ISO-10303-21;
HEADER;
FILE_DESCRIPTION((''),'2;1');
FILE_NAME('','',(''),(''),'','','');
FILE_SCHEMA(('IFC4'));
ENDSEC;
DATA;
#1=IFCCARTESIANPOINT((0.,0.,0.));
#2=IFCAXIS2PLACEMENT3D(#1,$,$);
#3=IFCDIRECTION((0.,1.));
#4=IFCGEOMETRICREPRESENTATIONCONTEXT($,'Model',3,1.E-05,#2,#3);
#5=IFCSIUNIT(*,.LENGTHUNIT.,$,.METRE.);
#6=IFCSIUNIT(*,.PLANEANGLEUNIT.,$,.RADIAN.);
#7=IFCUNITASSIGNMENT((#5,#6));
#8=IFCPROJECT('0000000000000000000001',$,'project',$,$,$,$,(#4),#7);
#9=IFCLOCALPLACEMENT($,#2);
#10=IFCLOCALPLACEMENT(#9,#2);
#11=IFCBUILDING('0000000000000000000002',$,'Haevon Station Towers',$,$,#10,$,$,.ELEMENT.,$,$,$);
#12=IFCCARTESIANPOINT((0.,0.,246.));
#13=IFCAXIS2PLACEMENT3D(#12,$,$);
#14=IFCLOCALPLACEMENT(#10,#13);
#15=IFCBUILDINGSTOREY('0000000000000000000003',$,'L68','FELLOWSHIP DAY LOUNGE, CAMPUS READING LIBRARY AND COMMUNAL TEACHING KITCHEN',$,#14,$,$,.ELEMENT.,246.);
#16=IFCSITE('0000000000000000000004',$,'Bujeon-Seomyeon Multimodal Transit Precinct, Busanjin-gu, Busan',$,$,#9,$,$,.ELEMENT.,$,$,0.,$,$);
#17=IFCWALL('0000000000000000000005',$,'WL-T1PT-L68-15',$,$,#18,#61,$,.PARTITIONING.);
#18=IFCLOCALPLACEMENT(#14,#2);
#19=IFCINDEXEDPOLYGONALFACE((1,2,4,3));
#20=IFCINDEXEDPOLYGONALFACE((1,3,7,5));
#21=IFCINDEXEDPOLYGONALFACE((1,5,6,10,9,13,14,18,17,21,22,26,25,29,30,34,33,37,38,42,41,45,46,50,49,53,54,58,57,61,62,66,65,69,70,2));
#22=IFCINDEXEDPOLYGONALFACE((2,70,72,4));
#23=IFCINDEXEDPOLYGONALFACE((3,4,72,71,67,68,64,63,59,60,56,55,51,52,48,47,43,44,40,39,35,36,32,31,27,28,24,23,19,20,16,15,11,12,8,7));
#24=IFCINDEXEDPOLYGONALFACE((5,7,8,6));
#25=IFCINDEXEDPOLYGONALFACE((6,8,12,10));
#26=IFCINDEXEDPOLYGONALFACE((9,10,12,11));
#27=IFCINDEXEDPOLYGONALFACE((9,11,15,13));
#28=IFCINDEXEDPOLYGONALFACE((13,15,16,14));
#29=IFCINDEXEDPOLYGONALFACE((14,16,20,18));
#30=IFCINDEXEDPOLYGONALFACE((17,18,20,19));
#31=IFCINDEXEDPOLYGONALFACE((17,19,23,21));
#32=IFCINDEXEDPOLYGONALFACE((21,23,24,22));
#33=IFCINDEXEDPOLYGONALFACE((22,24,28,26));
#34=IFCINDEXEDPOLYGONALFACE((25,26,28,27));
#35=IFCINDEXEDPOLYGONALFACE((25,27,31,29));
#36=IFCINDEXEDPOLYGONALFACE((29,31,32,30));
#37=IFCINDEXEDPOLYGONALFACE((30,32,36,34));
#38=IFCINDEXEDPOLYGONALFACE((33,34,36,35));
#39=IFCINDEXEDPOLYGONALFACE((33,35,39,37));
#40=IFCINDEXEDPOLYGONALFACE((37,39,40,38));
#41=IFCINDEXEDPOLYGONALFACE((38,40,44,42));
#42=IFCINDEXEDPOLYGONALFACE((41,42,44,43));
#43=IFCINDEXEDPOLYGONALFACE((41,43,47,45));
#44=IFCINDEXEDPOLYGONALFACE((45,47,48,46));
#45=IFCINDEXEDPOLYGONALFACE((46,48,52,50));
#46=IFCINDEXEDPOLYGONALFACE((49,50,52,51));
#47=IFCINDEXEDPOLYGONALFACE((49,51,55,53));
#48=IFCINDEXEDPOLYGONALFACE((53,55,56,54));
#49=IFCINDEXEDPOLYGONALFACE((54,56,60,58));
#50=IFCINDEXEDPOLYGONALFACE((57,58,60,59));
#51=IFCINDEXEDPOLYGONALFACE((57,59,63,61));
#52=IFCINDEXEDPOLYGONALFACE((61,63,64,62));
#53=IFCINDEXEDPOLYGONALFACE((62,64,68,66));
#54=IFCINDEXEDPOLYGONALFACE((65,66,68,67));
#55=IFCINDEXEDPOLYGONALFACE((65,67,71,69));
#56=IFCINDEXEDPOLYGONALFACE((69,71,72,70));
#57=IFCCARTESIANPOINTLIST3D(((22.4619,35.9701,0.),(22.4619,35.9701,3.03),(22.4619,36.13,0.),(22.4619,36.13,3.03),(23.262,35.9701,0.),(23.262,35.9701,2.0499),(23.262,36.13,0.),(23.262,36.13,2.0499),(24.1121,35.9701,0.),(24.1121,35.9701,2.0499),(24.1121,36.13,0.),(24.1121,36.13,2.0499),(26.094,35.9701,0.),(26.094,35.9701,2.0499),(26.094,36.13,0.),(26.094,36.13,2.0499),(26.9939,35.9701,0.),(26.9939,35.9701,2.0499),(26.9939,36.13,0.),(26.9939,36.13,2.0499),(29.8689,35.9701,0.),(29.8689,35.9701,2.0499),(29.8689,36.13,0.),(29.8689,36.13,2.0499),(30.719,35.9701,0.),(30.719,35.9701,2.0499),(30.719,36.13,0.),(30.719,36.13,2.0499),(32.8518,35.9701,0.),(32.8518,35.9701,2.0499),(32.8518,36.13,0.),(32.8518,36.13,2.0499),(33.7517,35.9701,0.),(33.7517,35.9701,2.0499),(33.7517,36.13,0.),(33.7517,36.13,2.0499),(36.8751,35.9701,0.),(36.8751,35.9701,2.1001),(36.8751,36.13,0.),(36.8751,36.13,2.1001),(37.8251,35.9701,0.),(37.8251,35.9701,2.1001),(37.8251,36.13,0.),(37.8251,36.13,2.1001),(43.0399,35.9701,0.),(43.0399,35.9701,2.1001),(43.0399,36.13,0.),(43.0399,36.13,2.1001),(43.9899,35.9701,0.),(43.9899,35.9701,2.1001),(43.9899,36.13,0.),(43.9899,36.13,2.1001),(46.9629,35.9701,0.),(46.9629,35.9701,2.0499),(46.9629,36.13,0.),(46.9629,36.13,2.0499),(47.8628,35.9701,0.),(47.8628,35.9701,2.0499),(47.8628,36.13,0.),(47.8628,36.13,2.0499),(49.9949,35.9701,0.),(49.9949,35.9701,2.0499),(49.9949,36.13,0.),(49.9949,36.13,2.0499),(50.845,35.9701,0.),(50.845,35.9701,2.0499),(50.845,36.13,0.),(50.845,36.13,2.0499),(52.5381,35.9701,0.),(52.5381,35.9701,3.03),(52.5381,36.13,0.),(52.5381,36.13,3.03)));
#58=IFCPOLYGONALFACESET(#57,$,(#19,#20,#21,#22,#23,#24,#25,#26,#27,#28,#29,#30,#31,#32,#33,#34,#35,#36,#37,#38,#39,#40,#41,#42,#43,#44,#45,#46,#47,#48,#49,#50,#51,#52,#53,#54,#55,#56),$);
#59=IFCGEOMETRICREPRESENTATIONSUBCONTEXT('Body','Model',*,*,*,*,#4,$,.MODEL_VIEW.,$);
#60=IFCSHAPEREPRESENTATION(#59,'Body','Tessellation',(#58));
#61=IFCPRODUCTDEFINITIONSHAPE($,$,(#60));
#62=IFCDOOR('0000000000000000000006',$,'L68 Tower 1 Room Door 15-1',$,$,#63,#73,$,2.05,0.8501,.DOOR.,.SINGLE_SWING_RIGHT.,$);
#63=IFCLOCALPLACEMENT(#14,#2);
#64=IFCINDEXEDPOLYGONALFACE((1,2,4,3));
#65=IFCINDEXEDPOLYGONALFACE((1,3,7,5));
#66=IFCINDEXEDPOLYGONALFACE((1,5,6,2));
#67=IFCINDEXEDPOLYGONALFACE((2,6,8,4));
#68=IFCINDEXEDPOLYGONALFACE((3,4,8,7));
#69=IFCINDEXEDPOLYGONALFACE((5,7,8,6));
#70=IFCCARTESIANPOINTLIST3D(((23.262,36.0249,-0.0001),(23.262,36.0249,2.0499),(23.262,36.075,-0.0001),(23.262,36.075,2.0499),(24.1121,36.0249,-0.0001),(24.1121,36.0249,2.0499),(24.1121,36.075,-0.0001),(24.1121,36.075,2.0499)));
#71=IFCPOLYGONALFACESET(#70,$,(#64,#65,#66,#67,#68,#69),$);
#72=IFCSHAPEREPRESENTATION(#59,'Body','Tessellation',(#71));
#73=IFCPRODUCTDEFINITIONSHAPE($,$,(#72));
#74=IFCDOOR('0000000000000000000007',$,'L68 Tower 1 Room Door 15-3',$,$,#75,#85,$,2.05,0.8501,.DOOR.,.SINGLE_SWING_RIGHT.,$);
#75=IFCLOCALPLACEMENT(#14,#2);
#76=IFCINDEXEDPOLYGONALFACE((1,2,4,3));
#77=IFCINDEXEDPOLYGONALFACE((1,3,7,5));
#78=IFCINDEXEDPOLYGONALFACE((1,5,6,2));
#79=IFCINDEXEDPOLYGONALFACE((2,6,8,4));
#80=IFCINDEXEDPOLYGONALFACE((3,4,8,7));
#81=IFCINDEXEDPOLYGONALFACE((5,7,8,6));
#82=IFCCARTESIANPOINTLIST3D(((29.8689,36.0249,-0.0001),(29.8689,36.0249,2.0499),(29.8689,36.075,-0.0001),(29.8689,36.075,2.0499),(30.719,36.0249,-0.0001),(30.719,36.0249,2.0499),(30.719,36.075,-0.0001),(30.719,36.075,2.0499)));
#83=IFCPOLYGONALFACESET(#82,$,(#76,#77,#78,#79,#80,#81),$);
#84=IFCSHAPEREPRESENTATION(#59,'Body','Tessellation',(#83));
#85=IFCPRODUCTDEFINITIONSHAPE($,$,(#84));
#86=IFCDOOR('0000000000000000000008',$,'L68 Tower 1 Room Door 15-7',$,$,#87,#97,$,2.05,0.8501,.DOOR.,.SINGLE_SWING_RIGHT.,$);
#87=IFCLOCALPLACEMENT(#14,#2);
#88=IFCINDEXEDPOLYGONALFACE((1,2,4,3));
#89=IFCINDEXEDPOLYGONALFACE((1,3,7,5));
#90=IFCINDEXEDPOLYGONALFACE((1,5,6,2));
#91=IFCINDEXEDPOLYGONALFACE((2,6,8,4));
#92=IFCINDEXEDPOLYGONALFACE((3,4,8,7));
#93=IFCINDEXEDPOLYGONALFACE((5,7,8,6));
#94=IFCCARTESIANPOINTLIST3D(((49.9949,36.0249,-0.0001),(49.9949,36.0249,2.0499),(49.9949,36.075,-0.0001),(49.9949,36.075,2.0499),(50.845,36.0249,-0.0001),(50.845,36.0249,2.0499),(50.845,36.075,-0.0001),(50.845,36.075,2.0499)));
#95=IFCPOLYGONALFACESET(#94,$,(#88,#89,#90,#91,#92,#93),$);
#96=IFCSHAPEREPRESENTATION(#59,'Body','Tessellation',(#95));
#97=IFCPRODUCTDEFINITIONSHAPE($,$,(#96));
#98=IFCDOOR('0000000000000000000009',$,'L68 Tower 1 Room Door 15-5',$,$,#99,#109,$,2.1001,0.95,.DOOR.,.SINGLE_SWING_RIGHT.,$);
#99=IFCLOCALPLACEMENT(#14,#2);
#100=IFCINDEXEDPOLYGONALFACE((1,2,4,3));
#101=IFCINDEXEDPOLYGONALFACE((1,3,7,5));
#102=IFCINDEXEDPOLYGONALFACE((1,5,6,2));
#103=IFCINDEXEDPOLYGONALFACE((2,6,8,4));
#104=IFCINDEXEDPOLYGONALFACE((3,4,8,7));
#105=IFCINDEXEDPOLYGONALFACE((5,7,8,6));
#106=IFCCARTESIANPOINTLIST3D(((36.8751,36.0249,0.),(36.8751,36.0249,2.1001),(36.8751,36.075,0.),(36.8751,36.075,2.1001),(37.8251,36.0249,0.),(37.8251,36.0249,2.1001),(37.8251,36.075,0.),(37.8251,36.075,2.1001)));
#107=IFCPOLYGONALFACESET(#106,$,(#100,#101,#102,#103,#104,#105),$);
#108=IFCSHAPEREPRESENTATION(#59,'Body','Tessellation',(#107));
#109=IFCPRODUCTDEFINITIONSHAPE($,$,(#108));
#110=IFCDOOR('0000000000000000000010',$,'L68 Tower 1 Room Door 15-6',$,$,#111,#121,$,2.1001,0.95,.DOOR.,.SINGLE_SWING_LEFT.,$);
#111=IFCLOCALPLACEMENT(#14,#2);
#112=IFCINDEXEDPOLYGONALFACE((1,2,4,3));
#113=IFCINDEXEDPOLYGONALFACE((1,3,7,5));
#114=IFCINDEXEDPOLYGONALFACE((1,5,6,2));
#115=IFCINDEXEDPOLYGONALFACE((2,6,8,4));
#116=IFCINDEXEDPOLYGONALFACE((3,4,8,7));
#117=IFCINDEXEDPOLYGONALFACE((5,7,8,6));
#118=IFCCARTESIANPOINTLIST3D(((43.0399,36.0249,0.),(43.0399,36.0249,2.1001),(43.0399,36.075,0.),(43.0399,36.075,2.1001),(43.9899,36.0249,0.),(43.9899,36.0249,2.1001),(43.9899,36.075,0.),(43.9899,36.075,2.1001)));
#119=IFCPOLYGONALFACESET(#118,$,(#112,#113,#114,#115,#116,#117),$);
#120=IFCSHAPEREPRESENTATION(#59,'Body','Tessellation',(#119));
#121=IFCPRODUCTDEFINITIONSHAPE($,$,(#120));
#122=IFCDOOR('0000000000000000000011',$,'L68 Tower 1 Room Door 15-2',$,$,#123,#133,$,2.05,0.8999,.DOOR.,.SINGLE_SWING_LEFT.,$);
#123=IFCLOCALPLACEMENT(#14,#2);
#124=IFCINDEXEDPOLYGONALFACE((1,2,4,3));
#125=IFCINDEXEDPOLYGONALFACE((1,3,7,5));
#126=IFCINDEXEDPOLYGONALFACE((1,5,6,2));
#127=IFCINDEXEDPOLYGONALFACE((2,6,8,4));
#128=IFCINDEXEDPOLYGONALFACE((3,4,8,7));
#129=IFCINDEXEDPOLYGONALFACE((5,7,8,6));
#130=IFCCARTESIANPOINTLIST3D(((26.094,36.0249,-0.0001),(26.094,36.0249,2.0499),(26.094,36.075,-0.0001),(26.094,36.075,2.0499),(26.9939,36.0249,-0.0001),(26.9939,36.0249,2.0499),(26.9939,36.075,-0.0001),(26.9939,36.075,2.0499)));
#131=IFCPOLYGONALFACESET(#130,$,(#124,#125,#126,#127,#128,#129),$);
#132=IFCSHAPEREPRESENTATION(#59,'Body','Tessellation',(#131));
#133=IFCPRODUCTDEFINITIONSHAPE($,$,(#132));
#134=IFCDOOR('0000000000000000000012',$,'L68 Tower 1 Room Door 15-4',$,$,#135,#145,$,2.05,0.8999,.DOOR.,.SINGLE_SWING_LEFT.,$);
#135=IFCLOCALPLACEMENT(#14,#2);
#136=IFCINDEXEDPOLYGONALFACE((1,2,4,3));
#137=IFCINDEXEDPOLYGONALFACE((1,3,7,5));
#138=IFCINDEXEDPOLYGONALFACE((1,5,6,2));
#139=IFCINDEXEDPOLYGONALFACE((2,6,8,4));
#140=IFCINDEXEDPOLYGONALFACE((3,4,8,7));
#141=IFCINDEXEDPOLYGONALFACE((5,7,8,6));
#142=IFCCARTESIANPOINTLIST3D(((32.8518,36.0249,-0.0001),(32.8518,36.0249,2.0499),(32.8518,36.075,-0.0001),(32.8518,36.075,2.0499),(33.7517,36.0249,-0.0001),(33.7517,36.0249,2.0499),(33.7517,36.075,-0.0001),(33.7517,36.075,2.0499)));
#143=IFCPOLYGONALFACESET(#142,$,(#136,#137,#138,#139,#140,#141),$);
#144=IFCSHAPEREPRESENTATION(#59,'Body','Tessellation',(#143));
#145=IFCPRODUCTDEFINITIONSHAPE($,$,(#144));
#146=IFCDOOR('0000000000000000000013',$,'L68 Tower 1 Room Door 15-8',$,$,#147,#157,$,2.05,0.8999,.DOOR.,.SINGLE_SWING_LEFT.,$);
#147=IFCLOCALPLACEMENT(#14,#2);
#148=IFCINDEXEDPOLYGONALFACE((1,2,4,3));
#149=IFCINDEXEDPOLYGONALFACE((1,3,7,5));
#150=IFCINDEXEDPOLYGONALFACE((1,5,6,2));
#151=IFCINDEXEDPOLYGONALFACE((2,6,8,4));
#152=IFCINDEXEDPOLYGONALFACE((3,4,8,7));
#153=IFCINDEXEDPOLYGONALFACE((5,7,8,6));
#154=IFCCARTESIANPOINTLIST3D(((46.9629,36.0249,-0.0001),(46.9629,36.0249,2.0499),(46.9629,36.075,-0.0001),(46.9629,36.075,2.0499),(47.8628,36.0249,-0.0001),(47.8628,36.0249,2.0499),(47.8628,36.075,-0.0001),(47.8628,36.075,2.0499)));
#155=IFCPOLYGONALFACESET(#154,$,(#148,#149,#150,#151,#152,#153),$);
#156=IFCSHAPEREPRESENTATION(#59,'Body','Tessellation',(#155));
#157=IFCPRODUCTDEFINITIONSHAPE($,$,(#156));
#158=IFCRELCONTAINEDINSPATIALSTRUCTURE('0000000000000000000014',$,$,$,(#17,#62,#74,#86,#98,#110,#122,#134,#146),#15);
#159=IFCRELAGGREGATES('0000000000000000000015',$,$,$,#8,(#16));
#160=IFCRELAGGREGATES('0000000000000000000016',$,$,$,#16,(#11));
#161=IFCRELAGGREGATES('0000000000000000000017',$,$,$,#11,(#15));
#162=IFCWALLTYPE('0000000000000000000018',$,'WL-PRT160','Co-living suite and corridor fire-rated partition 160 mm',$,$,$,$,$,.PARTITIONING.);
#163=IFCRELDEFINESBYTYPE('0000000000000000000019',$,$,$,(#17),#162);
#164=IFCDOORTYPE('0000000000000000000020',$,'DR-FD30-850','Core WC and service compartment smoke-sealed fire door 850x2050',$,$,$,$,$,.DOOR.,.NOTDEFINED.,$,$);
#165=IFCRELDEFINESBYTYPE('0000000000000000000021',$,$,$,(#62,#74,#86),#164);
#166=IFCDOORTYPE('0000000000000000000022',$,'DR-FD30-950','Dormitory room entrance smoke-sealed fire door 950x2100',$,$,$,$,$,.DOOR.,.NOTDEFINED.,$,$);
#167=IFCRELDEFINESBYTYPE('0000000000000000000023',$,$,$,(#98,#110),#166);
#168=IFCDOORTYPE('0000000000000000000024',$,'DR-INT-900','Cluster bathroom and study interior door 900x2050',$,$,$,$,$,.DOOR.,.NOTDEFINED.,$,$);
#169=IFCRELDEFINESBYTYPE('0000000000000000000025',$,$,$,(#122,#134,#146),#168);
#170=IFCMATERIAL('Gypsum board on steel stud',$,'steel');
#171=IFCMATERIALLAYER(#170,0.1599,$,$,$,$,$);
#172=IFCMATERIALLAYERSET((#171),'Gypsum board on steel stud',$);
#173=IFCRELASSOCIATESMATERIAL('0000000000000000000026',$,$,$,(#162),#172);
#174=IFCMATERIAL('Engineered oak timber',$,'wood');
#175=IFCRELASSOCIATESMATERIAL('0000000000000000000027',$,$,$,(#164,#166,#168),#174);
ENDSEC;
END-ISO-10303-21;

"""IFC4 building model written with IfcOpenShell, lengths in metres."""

from ifc_helpers import new_model, si_unit, direction, frame, frame_2d, origin, place, context, subcontext, project, spatial, rectangle, extrude, material, layer, layer_set, type_object, element, fill, save


model = new_model("IFC4")

# Units and contexts
model_context = context("Model", 3, precision=1e-05, world=origin(), true_north=direction((0.0, 1.0)))
body_context = subcontext(model_context, "Body", "Model", "MODEL_VIEW")
ifc_project = project(units=[si_unit("LENGTHUNIT", "METRE"), si_unit("PLANEANGLEUNIT", "RADIAN")], contexts=[model_context])

# Site, building, storey
site_placement = place(None, origin())
site = spatial("IfcSite", under=ifc_project, at=site_placement, Name="Bujeon-Seomyeon Multimodal Transit Precinct, Busanjin-gu, Busan", CompositionType="ELEMENT", RefElevation=0.0)
building_placement = place(site_placement, origin())
building = spatial("IfcBuilding", under=site, at=building_placement, Name="Haevon Station Towers", CompositionType="ELEMENT")
storey_placement = place(building_placement, frame((0.0, 0.0, 246.0)))
storey = spatial("IfcBuildingStorey", under=building, at=storey_placement, Name="L68", Description="FELLOWSHIP DAY LOUNGE, CAMPUS READING LIBRARY AND COMMUNAL TEACHING KITCHEN", CompositionType="ELEMENT", Elevation=246.0)

# Shared definitions
ifc_material_1 = material(Name="Gypsum board on steel stud", Category="steel")

# Wall, openings, doors
ifc_layer_1 = layer(ifc_material_1, 0.1599)
ifc_layer_set_1 = layer_set([ifc_layer_1], Name="Gypsum board on steel stud")
wall_type_1 = type_object("IfcWallType", Name="WL-PRT160", Description="Co-living suite and corridor fire-rated partition 160 mm", PredefinedType="PARTITIONING", material=ifc_layer_set_1)
wall_1_placement = place(storey_placement, frame((22.4619, 36.05, 0.0), z_axis=(0.0, 0.0, 1.0), x_axis=(1.0, 0.0, 0.0)))
wall_1 = element("IfcWall", 1, at=wall_1_placement, inside=storey, type_object=wall_type_1, Name="WL-T1PT-L68-15", PredefinedType="PARTITIONING", context=body_context, shape_type="SweptSolid", body=[
    extrude(rectangle(XDim=30.0762, YDim=0.1599, at=frame_2d((15.0381, 0.0))), origin(), (0.0, 0.0, 1.0), 3.03),
])
opening_1_placement = place(wall_1_placement, frame((0.8, 0.0, 0.0)))
opening_1 = element("IfcOpeningElement", 2, at=opening_1_placement, cuts=wall_1, PredefinedType="OPENING", context=body_context, shape_type="SweptSolid", body=[
    extrude(rectangle(XDim=0.8501, YDim=2.05, at=frame_2d((0.425, 1.0249))), frame((0.0, 0.0898, 0.0), z_axis=(0.0, -1.0, 0.0), x_axis=(1.0, 0.0, 0.0)), (0.0, 0.0, 1.0), 0.1799),
])
opening_2_placement = place(wall_1_placement, frame((3.6321, 0.0, 0.0)))
opening_2 = element("IfcOpeningElement", 3, at=opening_2_placement, cuts=wall_1, PredefinedType="OPENING", context=body_context, shape_type="SweptSolid", body=[
    extrude(rectangle(XDim=0.8999, YDim=2.05, at=frame_2d((0.45, 1.0249))), frame((0.0, 0.0898, 0.0), z_axis=(0.0, -1.0, 0.0), x_axis=(1.0, 0.0, 0.0)), (0.0, 0.0, 1.0), 0.1799),
])
opening_3_placement = place(wall_1_placement, frame((7.407, 0.0, 0.0)))
opening_3 = element("IfcOpeningElement", 4, at=opening_3_placement, cuts=wall_1, PredefinedType="OPENING", context=body_context, shape_type="SweptSolid", body=[
    extrude(rectangle(XDim=0.8501, YDim=2.05, at=frame_2d((0.425, 1.0249))), frame((0.0, 0.0898, 0.0), z_axis=(0.0, -1.0, 0.0), x_axis=(1.0, 0.0, 0.0)), (0.0, 0.0, 1.0), 0.1799),
])
opening_4_placement = place(wall_1_placement, frame((10.3899, 0.0, 0.0)))
opening_4 = element("IfcOpeningElement", 5, at=opening_4_placement, cuts=wall_1, PredefinedType="OPENING", context=body_context, shape_type="SweptSolid", body=[
    extrude(rectangle(XDim=0.8999, YDim=2.05, at=frame_2d((0.45, 1.0249))), frame((0.0, 0.0898, 0.0), z_axis=(0.0, -1.0, 0.0), x_axis=(1.0, 0.0, 0.0)), (0.0, 0.0, 1.0), 0.1799),
])
opening_5_placement = place(wall_1_placement, frame((14.4131, 0.0, 0.0)))
opening_5 = element("IfcOpeningElement", 6, at=opening_5_placement, cuts=wall_1, PredefinedType="OPENING", context=body_context, shape_type="SweptSolid", body=[
    extrude(rectangle(XDim=0.95, YDim=2.1001, at=frame_2d((0.4751, 1.05))), frame((0.0, 0.0898, 0.0), z_axis=(0.0, -1.0, 0.0), x_axis=(1.0, 0.0, 0.0)), (0.0, 0.0, 1.0), 0.1799),
])
opening_6_placement = place(wall_1_placement, frame((20.5779, 0.0, 0.0)))
opening_6 = element("IfcOpeningElement", 7, at=opening_6_placement, cuts=wall_1, PredefinedType="OPENING", context=body_context, shape_type="SweptSolid", body=[
    extrude(rectangle(XDim=0.95, YDim=2.1001, at=frame_2d((0.4751, 1.05))), frame((0.0, 0.0898, 0.0), z_axis=(0.0, -1.0, 0.0), x_axis=(1.0, 0.0, 0.0)), (0.0, 0.0, 1.0), 0.1799),
])
opening_7_placement = place(wall_1_placement, frame((27.533, 0.0, 0.0)))
opening_7 = element("IfcOpeningElement", 8, at=opening_7_placement, cuts=wall_1, PredefinedType="OPENING", context=body_context, shape_type="SweptSolid", body=[
    extrude(rectangle(XDim=0.8501, YDim=2.05, at=frame_2d((0.425, 1.0249))), frame((0.0, 0.0898, 0.0), z_axis=(0.0, -1.0, 0.0), x_axis=(1.0, 0.0, 0.0)), (0.0, 0.0, 1.0), 0.1799),
])
opening_8_placement = place(wall_1_placement, frame((24.501, 0.0, 0.0)))
opening_8 = element("IfcOpeningElement", 9, at=opening_8_placement, cuts=wall_1, PredefinedType="OPENING", context=body_context, shape_type="SweptSolid", body=[
    extrude(rectangle(XDim=0.8999, YDim=2.05, at=frame_2d((0.45, 1.0249))), frame((0.0, 0.0898, 0.0), z_axis=(0.0, -1.0, 0.0), x_axis=(1.0, 0.0, 0.0)), (0.0, 0.0, 1.0), 0.1799),
])
ifc_material_2 = material(Name="Engineered oak timber", Category="wood")
door_type_1 = type_object("IfcDoorType", Name="DR-FD30-850", Description="Core WC and service compartment smoke-sealed fire door 850x2050", OperationType="NOTDEFINED", PredefinedType="DOOR", material=ifc_material_2)
door_1_placement = place(opening_1_placement, origin())
door_1 = element("IfcDoor", 10, at=door_1_placement, inside=storey, type_object=door_type_1, Name="L68 Tower 1 Room Door 15-1", OperationType="SINGLE_SWING_RIGHT", OverallHeight=2.05, OverallWidth=0.8501, PredefinedType="DOOR", context=body_context, shape_type="SweptSolid", body=[
    extrude(rectangle(XDim=0.8501, YDim=2.05, at=frame_2d((0.425, 1.0249))), frame((0.0, 0.0249, 0.0), z_axis=(0.0, -1.0, 0.0), x_axis=(1.0, 0.0, 0.0)), (0.0, 0.0, 1.0), 0.05),
])
fill(opening_1, door_1)
door_2_placement = place(opening_3_placement, origin())
door_2 = element("IfcDoor", 11, at=door_2_placement, inside=storey, type_object=door_type_1, Name="L68 Tower 1 Room Door 15-3", OperationType="SINGLE_SWING_RIGHT", OverallHeight=2.05, OverallWidth=0.8501, PredefinedType="DOOR", context=body_context, shape_type="SweptSolid", body=[
    extrude(rectangle(XDim=0.8501, YDim=2.05, at=frame_2d((0.425, 1.0249))), frame((0.0, 0.0249, 0.0), z_axis=(0.0, -1.0, 0.0), x_axis=(1.0, 0.0, 0.0)), (0.0, 0.0, 1.0), 0.05),
])
fill(opening_3, door_2)
door_3_placement = place(opening_7_placement, origin())
door_3 = element("IfcDoor", 12, at=door_3_placement, inside=storey, type_object=door_type_1, Name="L68 Tower 1 Room Door 15-7", OperationType="SINGLE_SWING_RIGHT", OverallHeight=2.05, OverallWidth=0.8501, PredefinedType="DOOR", context=body_context, shape_type="SweptSolid", body=[
    extrude(rectangle(XDim=0.8501, YDim=2.05, at=frame_2d((0.425, 1.0249))), frame((0.0, 0.0249, 0.0), z_axis=(0.0, -1.0, 0.0), x_axis=(1.0, 0.0, 0.0)), (0.0, 0.0, 1.0), 0.05),
])
fill(opening_7, door_3)
door_type_2 = type_object("IfcDoorType", Name="DR-FD30-950", Description="Dormitory room entrance smoke-sealed fire door 950x2100", OperationType="NOTDEFINED", PredefinedType="DOOR", material=ifc_material_2)
door_4_placement = place(opening_5_placement, origin())
door_4 = element("IfcDoor", 13, at=door_4_placement, inside=storey, type_object=door_type_2, Name="L68 Tower 1 Room Door 15-5", OperationType="SINGLE_SWING_RIGHT", OverallHeight=2.1001, OverallWidth=0.95, PredefinedType="DOOR", context=body_context, shape_type="SweptSolid", body=[
    extrude(rectangle(XDim=0.95, YDim=2.1001, at=frame_2d((0.4751, 1.05))), frame((0.0, 0.0249, 0.0), z_axis=(0.0, -1.0, 0.0), x_axis=(1.0, 0.0, 0.0)), (0.0, 0.0, 1.0), 0.05),
])
fill(opening_5, door_4)
door_5_placement = place(opening_6_placement, origin())
door_5 = element("IfcDoor", 14, at=door_5_placement, inside=storey, type_object=door_type_2, Name="L68 Tower 1 Room Door 15-6", OperationType="SINGLE_SWING_LEFT", OverallHeight=2.1001, OverallWidth=0.95, PredefinedType="DOOR", context=body_context, shape_type="SweptSolid", body=[
    extrude(rectangle(XDim=0.95, YDim=2.1001, at=frame_2d((0.4751, 1.05))), frame((0.0, 0.0249, 0.0), z_axis=(0.0, -1.0, 0.0), x_axis=(1.0, 0.0, 0.0)), (0.0, 0.0, 1.0), 0.05),
])
fill(opening_6, door_5)
door_type_3 = type_object("IfcDoorType", Name="DR-INT-900", Description="Cluster bathroom and study interior door 900x2050", OperationType="NOTDEFINED", PredefinedType="DOOR", material=ifc_material_2)
door_6_placement = place(opening_2_placement, origin())
door_6 = element("IfcDoor", 15, at=door_6_placement, inside=storey, type_object=door_type_3, Name="L68 Tower 1 Room Door 15-2", OperationType="SINGLE_SWING_LEFT", OverallHeight=2.05, OverallWidth=0.8999, PredefinedType="DOOR", context=body_context, shape_type="SweptSolid", body=[
    extrude(rectangle(XDim=0.8999, YDim=2.05, at=frame_2d((0.45, 1.0249))), frame((0.0, 0.0249, 0.0), z_axis=(0.0, -1.0, 0.0), x_axis=(1.0, 0.0, 0.0)), (0.0, 0.0, 1.0), 0.05),
])
fill(opening_2, door_6)
door_7_placement = place(opening_4_placement, origin())
door_7 = element("IfcDoor", 16, at=door_7_placement, inside=storey, type_object=door_type_3, Name="L68 Tower 1 Room Door 15-4", OperationType="SINGLE_SWING_LEFT", OverallHeight=2.05, OverallWidth=0.8999, PredefinedType="DOOR", context=body_context, shape_type="SweptSolid", body=[
    extrude(rectangle(XDim=0.8999, YDim=2.05, at=frame_2d((0.45, 1.0249))), frame((0.0, 0.0249, 0.0), z_axis=(0.0, -1.0, 0.0), x_axis=(1.0, 0.0, 0.0)), (0.0, 0.0, 1.0), 0.05),
])
fill(opening_4, door_7)
door_8_placement = place(opening_8_placement, origin())
door_8 = element("IfcDoor", 17, at=door_8_placement, inside=storey, type_object=door_type_3, Name="L68 Tower 1 Room Door 15-8", OperationType="SINGLE_SWING_LEFT", OverallHeight=2.05, OverallWidth=0.8999, PredefinedType="DOOR", context=body_context, shape_type="SweptSolid", body=[
    extrude(rectangle(XDim=0.8999, YDim=2.05, at=frame_2d((0.45, 1.0249))), frame((0.0, 0.0249, 0.0), z_axis=(0.0, -1.0, 0.0), x_axis=(1.0, 0.0, 0.0)), (0.0, 0.0, 1.0), 0.05),
])
fill(opening_8, door_8)

save(model, "model.ifc")
